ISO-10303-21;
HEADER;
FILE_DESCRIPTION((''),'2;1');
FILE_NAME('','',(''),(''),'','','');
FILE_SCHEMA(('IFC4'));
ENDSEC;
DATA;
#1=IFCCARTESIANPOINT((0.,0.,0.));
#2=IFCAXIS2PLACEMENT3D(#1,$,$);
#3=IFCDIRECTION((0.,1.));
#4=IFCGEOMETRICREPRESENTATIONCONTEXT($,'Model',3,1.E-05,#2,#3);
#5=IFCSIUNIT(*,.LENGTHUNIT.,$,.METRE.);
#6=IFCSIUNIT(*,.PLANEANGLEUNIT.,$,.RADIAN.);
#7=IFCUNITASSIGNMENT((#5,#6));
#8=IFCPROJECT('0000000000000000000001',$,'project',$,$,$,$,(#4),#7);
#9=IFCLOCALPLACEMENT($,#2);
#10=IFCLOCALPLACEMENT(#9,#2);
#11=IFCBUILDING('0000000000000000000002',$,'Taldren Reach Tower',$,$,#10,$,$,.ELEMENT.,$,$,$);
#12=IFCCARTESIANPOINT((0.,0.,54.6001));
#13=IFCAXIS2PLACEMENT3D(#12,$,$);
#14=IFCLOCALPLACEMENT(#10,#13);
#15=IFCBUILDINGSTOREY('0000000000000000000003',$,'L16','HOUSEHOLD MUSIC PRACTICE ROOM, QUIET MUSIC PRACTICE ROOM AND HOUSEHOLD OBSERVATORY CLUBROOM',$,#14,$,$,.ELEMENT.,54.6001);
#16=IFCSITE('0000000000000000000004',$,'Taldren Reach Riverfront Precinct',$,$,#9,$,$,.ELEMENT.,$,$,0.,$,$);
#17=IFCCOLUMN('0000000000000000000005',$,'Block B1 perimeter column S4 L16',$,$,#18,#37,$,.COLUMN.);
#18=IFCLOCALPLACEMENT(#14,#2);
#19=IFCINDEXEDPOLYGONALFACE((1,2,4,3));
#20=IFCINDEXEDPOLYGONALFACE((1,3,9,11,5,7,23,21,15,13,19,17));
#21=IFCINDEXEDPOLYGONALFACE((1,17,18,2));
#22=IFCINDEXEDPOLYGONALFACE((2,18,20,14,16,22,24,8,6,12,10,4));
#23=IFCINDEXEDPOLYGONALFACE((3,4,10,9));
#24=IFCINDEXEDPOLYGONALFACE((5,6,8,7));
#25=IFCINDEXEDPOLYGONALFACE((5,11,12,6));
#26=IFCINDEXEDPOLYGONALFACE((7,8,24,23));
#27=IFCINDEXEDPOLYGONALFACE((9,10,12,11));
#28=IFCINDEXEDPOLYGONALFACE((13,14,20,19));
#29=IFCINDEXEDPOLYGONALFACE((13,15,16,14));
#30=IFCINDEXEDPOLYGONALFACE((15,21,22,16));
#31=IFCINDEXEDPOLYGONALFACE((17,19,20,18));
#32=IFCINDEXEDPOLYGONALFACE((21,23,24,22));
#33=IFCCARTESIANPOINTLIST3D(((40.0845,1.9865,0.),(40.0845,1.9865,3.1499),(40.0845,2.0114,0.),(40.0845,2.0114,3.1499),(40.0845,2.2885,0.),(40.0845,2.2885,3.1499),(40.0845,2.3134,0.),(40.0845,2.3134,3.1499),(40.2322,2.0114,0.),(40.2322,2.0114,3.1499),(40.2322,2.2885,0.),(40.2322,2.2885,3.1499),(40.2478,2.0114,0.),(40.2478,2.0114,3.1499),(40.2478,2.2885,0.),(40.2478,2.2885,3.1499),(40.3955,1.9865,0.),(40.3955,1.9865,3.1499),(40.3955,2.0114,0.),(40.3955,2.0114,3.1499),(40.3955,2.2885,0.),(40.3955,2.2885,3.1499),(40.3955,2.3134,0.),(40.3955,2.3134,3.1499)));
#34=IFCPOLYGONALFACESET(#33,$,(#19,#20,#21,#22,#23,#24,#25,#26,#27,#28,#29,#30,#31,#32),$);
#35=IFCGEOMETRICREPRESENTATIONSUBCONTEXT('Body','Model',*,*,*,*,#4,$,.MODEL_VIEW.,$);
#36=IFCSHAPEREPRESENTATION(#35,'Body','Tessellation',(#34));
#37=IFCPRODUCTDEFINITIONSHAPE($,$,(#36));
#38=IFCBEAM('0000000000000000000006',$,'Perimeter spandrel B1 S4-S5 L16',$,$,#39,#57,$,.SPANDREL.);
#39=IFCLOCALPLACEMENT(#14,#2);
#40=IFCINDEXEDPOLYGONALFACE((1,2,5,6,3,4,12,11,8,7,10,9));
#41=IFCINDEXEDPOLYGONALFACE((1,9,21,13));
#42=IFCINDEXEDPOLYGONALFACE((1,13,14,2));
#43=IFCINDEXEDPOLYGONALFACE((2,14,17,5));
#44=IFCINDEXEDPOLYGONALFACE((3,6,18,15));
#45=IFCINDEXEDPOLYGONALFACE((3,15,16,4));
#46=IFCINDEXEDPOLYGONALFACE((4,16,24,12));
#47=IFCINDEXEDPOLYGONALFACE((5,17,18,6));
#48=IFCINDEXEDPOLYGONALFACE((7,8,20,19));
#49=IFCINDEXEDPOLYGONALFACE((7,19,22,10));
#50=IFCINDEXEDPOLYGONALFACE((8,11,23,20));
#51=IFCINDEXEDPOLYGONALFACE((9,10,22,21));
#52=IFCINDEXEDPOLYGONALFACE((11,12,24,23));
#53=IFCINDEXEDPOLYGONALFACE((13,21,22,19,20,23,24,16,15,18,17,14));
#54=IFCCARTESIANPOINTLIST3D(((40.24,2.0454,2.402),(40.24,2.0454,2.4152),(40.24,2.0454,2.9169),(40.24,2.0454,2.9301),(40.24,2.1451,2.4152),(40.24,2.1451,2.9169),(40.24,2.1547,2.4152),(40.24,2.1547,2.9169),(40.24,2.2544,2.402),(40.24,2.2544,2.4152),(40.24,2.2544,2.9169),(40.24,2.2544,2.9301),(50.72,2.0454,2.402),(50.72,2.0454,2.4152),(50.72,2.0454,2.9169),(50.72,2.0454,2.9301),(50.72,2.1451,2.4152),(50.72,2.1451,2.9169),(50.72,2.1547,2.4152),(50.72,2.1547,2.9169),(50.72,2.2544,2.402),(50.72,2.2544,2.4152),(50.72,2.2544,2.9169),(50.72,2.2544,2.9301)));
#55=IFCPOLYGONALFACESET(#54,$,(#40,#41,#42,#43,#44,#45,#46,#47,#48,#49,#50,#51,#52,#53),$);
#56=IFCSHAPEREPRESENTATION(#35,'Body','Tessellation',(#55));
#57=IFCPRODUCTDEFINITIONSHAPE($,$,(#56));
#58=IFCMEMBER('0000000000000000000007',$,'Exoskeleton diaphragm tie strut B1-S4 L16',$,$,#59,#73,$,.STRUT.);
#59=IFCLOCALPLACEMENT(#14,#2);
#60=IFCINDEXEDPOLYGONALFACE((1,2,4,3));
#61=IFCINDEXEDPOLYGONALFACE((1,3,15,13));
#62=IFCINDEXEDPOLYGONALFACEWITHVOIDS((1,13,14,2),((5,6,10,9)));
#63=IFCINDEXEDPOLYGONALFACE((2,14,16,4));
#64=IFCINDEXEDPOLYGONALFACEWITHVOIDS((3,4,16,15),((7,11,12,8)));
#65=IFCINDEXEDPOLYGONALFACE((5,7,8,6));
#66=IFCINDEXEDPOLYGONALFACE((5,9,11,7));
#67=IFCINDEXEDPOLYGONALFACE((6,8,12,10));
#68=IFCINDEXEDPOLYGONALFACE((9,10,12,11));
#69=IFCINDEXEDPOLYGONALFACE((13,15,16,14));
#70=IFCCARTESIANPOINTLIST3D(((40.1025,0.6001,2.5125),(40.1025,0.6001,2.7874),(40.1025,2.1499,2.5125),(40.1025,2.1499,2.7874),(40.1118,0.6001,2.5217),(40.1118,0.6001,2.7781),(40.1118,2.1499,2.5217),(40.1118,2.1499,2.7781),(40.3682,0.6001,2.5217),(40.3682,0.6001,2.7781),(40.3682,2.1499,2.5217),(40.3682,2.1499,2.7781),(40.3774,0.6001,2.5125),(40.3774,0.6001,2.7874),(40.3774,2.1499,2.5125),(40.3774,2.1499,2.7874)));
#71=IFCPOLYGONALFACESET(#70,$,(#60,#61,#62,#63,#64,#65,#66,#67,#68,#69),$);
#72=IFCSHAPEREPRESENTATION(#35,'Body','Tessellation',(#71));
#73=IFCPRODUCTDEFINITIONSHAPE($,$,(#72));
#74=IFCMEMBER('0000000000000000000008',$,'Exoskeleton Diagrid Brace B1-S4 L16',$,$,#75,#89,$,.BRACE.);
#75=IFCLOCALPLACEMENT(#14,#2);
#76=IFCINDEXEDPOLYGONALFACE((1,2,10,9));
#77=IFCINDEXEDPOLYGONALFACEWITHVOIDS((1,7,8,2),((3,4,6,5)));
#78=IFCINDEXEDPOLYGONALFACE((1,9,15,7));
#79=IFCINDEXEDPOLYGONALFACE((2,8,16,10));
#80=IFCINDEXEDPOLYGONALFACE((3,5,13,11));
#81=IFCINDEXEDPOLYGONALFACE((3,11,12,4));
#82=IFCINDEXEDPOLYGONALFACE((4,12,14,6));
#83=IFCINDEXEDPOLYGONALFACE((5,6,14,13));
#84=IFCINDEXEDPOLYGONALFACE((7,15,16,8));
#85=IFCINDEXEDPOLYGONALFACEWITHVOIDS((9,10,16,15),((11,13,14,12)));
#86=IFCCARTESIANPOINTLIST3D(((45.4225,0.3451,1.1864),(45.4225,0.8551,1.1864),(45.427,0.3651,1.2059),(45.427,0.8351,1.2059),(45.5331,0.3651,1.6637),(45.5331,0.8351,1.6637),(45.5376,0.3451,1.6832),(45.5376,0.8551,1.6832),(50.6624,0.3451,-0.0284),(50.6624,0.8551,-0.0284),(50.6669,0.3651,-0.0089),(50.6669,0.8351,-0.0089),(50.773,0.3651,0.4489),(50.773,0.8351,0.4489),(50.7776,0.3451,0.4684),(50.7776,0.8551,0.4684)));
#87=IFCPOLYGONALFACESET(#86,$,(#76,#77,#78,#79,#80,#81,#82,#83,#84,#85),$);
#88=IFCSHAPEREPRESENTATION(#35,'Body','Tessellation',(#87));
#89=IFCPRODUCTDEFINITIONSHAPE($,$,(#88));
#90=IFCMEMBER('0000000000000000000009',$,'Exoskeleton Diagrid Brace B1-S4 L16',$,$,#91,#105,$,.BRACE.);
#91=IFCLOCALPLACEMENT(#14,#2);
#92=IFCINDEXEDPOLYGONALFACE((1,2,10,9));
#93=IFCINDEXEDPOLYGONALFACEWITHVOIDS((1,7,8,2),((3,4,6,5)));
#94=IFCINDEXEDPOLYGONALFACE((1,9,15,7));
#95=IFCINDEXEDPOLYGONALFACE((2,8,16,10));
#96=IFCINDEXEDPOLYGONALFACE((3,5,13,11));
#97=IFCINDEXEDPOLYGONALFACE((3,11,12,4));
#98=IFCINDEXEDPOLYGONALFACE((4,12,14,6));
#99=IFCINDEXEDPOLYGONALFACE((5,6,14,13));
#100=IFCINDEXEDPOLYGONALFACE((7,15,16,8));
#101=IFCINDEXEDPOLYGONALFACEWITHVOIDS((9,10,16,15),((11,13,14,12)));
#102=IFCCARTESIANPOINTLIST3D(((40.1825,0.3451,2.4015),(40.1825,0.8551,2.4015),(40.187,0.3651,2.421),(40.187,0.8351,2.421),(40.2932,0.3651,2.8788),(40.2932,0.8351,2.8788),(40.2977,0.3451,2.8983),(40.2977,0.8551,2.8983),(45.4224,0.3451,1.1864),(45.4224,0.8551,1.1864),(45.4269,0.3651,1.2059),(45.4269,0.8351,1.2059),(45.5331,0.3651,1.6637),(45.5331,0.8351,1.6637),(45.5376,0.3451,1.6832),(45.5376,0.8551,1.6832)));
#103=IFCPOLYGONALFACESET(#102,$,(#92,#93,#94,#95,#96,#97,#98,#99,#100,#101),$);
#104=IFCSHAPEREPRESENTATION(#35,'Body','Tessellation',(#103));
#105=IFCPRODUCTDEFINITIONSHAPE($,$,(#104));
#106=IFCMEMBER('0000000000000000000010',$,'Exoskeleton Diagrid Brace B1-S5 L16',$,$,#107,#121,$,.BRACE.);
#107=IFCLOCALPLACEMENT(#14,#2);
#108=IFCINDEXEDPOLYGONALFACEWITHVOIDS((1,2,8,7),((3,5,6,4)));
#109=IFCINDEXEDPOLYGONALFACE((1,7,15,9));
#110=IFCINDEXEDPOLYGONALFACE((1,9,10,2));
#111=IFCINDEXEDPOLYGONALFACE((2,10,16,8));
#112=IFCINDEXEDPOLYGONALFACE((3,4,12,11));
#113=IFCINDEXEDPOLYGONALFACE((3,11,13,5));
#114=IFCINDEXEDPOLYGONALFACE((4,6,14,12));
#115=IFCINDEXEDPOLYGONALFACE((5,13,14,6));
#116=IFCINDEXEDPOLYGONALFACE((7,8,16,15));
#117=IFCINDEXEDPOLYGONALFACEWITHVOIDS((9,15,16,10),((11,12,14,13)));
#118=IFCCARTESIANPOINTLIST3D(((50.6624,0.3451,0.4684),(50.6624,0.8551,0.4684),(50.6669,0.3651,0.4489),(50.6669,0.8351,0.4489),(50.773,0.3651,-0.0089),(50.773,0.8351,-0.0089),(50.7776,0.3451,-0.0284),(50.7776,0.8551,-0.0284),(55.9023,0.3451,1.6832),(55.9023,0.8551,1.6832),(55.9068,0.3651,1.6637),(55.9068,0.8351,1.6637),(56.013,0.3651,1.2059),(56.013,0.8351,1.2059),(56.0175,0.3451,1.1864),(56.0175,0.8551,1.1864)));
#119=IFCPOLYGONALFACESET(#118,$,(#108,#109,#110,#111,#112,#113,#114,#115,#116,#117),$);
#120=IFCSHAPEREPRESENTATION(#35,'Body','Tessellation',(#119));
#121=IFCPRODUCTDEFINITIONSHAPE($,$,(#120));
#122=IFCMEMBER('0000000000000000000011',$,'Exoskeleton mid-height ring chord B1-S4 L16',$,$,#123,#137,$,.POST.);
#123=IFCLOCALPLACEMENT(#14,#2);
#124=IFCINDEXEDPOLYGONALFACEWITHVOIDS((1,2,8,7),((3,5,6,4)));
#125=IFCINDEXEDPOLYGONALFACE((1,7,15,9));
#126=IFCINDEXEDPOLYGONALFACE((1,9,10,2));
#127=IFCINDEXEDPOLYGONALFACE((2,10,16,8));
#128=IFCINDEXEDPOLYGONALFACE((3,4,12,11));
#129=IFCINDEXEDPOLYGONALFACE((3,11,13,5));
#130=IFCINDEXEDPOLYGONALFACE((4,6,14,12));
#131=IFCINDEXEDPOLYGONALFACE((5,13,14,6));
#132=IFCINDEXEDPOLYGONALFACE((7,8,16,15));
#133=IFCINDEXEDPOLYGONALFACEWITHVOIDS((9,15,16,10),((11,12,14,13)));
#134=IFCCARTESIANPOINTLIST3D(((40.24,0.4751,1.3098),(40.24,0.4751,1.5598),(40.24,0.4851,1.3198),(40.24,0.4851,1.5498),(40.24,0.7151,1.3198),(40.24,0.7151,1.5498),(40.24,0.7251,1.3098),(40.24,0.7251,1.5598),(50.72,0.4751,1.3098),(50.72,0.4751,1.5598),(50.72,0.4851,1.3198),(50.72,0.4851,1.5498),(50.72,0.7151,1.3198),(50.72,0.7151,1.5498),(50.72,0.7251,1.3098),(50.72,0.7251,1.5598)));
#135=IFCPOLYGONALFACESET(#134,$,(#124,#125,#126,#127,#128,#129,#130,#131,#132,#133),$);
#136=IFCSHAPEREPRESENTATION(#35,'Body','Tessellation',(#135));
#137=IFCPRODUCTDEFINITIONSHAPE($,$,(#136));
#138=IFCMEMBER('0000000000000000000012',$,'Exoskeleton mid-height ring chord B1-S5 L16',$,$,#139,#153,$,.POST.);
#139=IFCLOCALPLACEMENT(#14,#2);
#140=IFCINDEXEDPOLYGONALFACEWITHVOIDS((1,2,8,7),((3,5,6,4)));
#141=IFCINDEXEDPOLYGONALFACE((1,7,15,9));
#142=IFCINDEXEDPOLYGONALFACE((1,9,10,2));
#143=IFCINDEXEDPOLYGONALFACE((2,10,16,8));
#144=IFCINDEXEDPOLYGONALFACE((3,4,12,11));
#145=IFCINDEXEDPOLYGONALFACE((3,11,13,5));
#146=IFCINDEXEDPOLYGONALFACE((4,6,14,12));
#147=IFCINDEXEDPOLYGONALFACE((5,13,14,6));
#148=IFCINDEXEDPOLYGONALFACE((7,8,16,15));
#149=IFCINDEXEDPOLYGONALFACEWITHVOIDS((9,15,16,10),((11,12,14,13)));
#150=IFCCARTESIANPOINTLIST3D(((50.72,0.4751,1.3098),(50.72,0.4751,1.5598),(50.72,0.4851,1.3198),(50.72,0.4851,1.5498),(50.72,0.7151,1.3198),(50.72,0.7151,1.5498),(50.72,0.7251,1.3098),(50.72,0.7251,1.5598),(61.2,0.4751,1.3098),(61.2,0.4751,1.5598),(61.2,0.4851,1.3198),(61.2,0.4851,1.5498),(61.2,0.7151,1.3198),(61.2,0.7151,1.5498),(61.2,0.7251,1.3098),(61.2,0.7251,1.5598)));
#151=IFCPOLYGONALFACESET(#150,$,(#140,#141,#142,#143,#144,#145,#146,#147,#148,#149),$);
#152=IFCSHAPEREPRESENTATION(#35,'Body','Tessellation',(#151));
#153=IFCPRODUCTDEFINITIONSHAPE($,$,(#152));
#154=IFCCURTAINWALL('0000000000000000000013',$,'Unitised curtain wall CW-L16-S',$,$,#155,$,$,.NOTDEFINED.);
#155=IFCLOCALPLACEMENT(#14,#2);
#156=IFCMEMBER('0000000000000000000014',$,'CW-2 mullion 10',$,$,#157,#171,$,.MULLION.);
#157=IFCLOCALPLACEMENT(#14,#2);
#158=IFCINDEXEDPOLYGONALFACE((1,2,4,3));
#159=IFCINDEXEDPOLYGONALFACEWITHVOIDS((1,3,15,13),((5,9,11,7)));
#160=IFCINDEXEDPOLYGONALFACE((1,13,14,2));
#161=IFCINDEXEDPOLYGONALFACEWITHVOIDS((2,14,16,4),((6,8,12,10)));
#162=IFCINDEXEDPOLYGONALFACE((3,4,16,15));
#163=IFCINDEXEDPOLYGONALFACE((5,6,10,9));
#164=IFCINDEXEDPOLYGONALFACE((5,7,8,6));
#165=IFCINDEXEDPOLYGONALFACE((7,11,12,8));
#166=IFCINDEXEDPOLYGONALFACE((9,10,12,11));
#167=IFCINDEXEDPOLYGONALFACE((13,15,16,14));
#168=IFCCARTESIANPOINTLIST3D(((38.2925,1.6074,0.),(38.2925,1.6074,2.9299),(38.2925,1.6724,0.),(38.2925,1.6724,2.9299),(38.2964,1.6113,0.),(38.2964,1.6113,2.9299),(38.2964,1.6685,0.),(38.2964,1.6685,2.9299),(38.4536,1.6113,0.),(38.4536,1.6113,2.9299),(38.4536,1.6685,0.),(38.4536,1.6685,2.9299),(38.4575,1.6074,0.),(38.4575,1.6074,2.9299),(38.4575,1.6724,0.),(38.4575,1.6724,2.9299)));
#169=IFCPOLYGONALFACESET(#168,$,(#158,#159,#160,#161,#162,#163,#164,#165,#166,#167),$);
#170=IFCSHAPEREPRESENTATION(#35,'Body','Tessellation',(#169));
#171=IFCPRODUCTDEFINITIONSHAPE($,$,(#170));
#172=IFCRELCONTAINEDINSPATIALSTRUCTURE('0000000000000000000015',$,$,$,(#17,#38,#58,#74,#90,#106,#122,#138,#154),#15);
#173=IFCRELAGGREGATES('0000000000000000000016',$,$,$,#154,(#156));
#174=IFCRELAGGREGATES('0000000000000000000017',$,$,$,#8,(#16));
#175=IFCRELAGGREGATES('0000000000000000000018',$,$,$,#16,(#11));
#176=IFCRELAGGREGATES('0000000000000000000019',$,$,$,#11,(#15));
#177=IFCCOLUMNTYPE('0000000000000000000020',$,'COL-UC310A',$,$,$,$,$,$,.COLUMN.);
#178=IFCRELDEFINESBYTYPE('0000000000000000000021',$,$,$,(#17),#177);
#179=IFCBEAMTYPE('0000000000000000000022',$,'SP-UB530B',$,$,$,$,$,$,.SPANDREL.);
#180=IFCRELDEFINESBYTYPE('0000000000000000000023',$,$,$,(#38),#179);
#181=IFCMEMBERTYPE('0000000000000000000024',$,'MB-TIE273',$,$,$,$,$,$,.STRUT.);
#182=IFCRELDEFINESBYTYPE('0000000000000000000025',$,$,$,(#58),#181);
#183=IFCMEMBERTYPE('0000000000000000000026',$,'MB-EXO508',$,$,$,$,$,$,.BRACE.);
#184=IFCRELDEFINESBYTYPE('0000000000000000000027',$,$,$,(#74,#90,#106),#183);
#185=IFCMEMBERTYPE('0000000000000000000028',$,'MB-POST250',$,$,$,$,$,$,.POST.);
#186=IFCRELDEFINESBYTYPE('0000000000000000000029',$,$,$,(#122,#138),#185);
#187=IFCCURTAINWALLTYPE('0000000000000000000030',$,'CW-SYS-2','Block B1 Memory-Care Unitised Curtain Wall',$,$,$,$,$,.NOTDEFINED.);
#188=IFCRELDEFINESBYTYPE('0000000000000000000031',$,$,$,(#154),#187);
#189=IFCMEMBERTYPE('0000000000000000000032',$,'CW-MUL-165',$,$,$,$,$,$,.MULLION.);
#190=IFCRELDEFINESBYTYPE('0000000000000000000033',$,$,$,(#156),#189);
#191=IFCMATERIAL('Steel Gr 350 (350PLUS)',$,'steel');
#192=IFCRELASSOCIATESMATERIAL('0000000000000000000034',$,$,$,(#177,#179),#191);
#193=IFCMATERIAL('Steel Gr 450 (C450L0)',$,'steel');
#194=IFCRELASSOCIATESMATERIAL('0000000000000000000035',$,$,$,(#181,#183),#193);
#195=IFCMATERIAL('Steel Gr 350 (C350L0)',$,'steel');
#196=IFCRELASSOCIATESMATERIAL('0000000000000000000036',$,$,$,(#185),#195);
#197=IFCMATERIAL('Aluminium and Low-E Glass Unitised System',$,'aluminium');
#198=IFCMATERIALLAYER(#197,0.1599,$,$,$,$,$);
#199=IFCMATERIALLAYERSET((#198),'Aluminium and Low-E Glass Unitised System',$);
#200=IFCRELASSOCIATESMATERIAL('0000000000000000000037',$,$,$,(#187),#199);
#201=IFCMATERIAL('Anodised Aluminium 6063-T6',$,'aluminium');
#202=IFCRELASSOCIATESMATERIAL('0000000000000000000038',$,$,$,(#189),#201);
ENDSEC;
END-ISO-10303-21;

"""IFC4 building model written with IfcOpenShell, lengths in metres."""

from ifc_helpers import new_model, si_unit, direction, frame, origin, origin_2d, place, context, subcontext, project, spatial, hollow_rectangle, i_section, extrude, source, transform, mapped, material, layer, layer_set, material_profile, profile_set, type_object, element, aggregate, save


model = new_model("IFC4")

# Units and contexts
model_context = context("Model", 3, precision=1e-05, world=origin(), true_north=direction((0.0, 1.0)))
body_context = subcontext(model_context, "Body", "Model", "MODEL_VIEW")
ifc_project = project(units=[si_unit("LENGTHUNIT", "METRE"), si_unit("PLANEANGLEUNIT", "RADIAN")], contexts=[model_context])

# Site, building, storey
site_placement = place(None, origin())
site = spatial("IfcSite", under=ifc_project, at=site_placement, Name="Taldren Reach Riverfront Precinct", CompositionType="ELEMENT", RefElevation=0.0)
building_placement = place(site_placement, origin())
building = spatial("IfcBuilding", under=site, at=building_placement, Name="Taldren Reach Tower", CompositionType="ELEMENT")
storey_placement = place(building_placement, frame((0.0, 0.0, 54.6001)))
storey = spatial("IfcBuildingStorey", under=building, at=storey_placement, Name="L16", Description="HOUSEHOLD MUSIC PRACTICE ROOM, QUIET MUSIC PRACTICE ROOM AND HOUSEHOLD OBSERVATORY CLUBROOM", CompositionType="ELEMENT", Elevation=54.6001)

# Column
ifc_material_1 = material(Name="Steel Gr 350 (350PLUS)", Category="steel")
ifc_material_profile_1 = material_profile(ifc_material_1, i_section(OverallWidth=0.311, OverallDepth=0.3269, WebThickness=0.0156, FlangeThickness=0.0249, at=origin_2d()), Name="310UC158")
ifc_profile_set_1 = profile_set([ifc_material_profile_1], Name="Steel Gr 350 (350PLUS)")
column_type = type_object("IfcColumnType", Name="COL-UC310A", PredefinedType="COLUMN", material=ifc_profile_set_1)
shared_shape_1 = source(origin(), body_context, "Body", "SweptSolid", [
    extrude(i_section(OverallWidth=0.311, OverallDepth=0.3269, WebThickness=0.0156, FlangeThickness=0.0249, at=origin_2d()), origin(), (0.0, 0.0, 1.0), 3.1499),
])
column_placement = place(storey_placement, frame((40.24, 2.1499, 0.0), z_axis=(0.0, 0.0, 1.0), x_axis=(1.0, 0.0, 0.0)))
element("IfcColumn", 1, at=column_placement, inside=storey, type_object=column_type, Name="Block B1 perimeter column S4 L16", PredefinedType="COLUMN", context=body_context, shape_type="MappedRepresentation", body=[
    mapped(shared_shape_1, transform((0.0, 0.0, 0.0), scale=1.0)),
])

# Beam
ifc_material_profile_2 = material_profile(ifc_material_1, i_section(OverallWidth=0.209, OverallDepth=0.5281, WebThickness=0.0095, FlangeThickness=0.0132, at=origin_2d()), Name="530UB82.0")
ifc_profile_set_2 = profile_set([ifc_material_profile_2], Name="Steel Gr 350 (350PLUS)")
beam_type = type_object("IfcBeamType", Name="SP-UB530B", PredefinedType="SPANDREL", material=ifc_profile_set_2)
shared_shape_2 = source(origin(), body_context, "Body", "SweptSolid", [
    extrude(i_section(OverallWidth=0.209, OverallDepth=0.5281, WebThickness=0.0095, FlangeThickness=0.0132, at=origin_2d()), origin(), (0.0, 0.0, 1.0), 10.48),
])
beam_placement = place(storey_placement, frame((40.24, 2.1499, 2.666), z_axis=(1.0, 0.0, 0.0), x_axis=(0.0, 1.0, 0.0)))
element("IfcBeam", 2, at=beam_placement, inside=storey, type_object=beam_type, Name="Perimeter spandrel B1 S4-S5 L16", PredefinedType="SPANDREL", context=body_context, shape_type="MappedRepresentation", body=[
    mapped(shared_shape_2, transform((0.0, 0.0, 0.0), scale=1.0)),
])

# Members
ifc_material_2 = material(Name="Steel Gr 450 (C450L0)", Category="steel")
ifc_material_profile_3 = material_profile(ifc_material_2, hollow_rectangle(XDim=0.2749, YDim=0.2749, WallThickness=0.0093, at=origin_2d()), Name="275x275x9.3SHS")
ifc_profile_set_3 = profile_set([ifc_material_profile_3], Name="Steel Gr 450 (C450L0)")
member_type_1 = type_object("IfcMemberType", Name="MB-TIE273", PredefinedType="STRUT", material=ifc_profile_set_3)
shared_shape_3 = source(origin(), body_context, "Body", "SweptSolid", [
    extrude(hollow_rectangle(XDim=0.2749, YDim=0.2749, WallThickness=0.0093, at=origin_2d()), origin(), (0.0, 0.0, 1.0), 1.5498),
])
member_1_placement = place(storey_placement, frame((40.24, 2.1499, 2.6499), z_axis=(0.0, -1.0, 0.0), x_axis=(1.0, 0.0, 0.0)))
element("IfcMember", 3, at=member_1_placement, inside=storey, type_object=member_type_1, Name="Exoskeleton diaphragm tie strut B1-S4 L16", PredefinedType="STRUT", context=body_context, shape_type="MappedRepresentation", body=[
    mapped(shared_shape_3, transform((0.0, 0.0, 0.0), scale=1.0)),
])
ifc_material_profile_4 = material_profile(ifc_material_2, hollow_rectangle(XDim=0.51, YDim=0.51, WallThickness=0.02, at=origin_2d()), Name="510x510x20.0SHS")
ifc_profile_set_4 = profile_set([ifc_material_profile_4], Name="Steel Gr 450 (C450L0)")
member_type_2 = type_object("IfcMemberType", Name="MB-EXO508", PredefinedType="BRACE", material=ifc_profile_set_4)
shared_shape_4 = source(origin(), body_context, "Body", "SweptSolid", [
    extrude(hollow_rectangle(XDim=0.51, YDim=0.51, WallThickness=0.02, at=origin_2d()), origin(), (0.0, 0.0, 1.0), 5.3789),
])
for number, where, z_axis, x_axis, name in (
    (4, (50.72, 0.6001, 0.22), (-0.974162, 0.0, 0.225851), (0.0, -1.0, 0.0), "Exoskeleton Diagrid Brace B1-S4 L16"),
    (5, (45.48, 0.6001, 1.4348), (-0.974152, 0.0, 0.225894), (0.0, -1.0, 0.0), "Exoskeleton Diagrid Brace B1-S4 L16"),
    (6, (50.72, 0.6001, 0.22), (0.974162, 0.0, 0.225851), (0.0, 1.0, 0.0), "Exoskeleton Diagrid Brace B1-S5 L16"),
):
    element("IfcMember", number, at=place(storey_placement, frame(where, z_axis=z_axis, x_axis=x_axis)), inside=storey, type_object=member_type_2, Name=name, PredefinedType="BRACE", context=body_context, shape_type="MappedRepresentation", body=[
        mapped(shared_shape_4, transform((0.0, 0.0, 0.0), scale=1.0)),
    ])
ifc_material_3 = material(Name="Steel Gr 350 (C350L0)", Category="steel")
ifc_material_profile_5 = material_profile(ifc_material_3, hollow_rectangle(XDim=0.25, YDim=0.25, WallThickness=0.01, at=origin_2d()), Name="250x250x10.0SHS")
ifc_profile_set_5 = profile_set([ifc_material_profile_5], Name="Steel Gr 350 (C350L0)")
member_type_3 = type_object("IfcMemberType", Name="MB-POST250", PredefinedType="POST", material=ifc_profile_set_5)
shared_shape_5 = source(origin(), body_context, "Body", "SweptSolid", [
    extrude(hollow_rectangle(XDim=0.25, YDim=0.25, WallThickness=0.01, at=origin_2d()), origin(), (0.0, 0.0, 1.0), 10.48),
])
for number, where, z_axis, x_axis, name in (
    (7, (40.24, 0.6001, 1.4348), (1.0, 0.0, 0.0), (0.0, 1.0, 0.0), "Exoskeleton mid-height ring chord B1-S4 L16"),
    (8, (50.72, 0.6001, 1.4348), (1.0, 0.0, 0.0), (0.0, 1.0, 0.0), "Exoskeleton mid-height ring chord B1-S5 L16"),
):
    element("IfcMember", number, at=place(storey_placement, frame(where, z_axis=z_axis, x_axis=x_axis)), inside=storey, type_object=member_type_3, Name=name, PredefinedType="POST", context=body_context, shape_type="MappedRepresentation", body=[
        mapped(shared_shape_5, transform((0.0, 0.0, 0.0), scale=1.0)),
    ])

# Curtain wall, member
ifc_material_4 = material(Name="Aluminium and Low-E Glass Unitised System", Category="aluminium")
ifc_layer_1 = layer(ifc_material_4, 0.1599)
ifc_layer_set_1 = layer_set([ifc_layer_1], Name="Aluminium and Low-E Glass Unitised System")
curtain_wall_type = type_object("IfcCurtainWallType", Name="CW-SYS-2", Description="Block B1 Memory-Care Unitised Curtain Wall", PredefinedType="NOTDEFINED", material=ifc_layer_set_1)
curtain_wall_placement = place(storey_placement, origin())
curtain_wall = element("IfcCurtainWall", 9, at=curtain_wall_placement, inside=storey, type_object=curtain_wall_type, Name="Unitised curtain wall CW-L16-S", PredefinedType="NOTDEFINED")
ifc_material_5 = material(Name="Anodised Aluminium 6063-T6", Category="aluminium")
ifc_material_profile_6 = material_profile(ifc_material_5, hollow_rectangle(XDim=0.0649, YDim=0.165, WallThickness=0.0039, at=origin_2d()), Name="ALU-165x65x4RHS")
ifc_profile_set_6 = profile_set([ifc_material_profile_6], Name="Anodised Aluminium 6063-T6")
member_type_4 = type_object("IfcMemberType", Name="CW-MUL-165", PredefinedType="MULLION", material=ifc_profile_set_6)
shared_shape_6 = source(origin(), body_context, "Body", "SweptSolid", [
    extrude(hollow_rectangle(XDim=0.0649, YDim=0.165, WallThickness=0.0039, at=origin_2d()), origin(), (0.0, 0.0, 1.0), 2.9299),
])
member_2_placement = place(storey_placement, frame((38.375, 1.6399, 0.0), z_axis=(0.0, 0.0, 1.0), x_axis=(0.0, 1.0, 0.0)))
member_2 = element("IfcMember", 10, at=member_2_placement, type_object=member_type_4, Name="CW-2 mullion 10", PredefinedType="MULLION", context=body_context, shape_type="MappedRepresentation", body=[
    mapped(shared_shape_6, transform((0.0, 0.0, 0.0), scale=1.0)),
])

aggregate(curtain_wall, [member_2])

save(model, "model.ifc")
